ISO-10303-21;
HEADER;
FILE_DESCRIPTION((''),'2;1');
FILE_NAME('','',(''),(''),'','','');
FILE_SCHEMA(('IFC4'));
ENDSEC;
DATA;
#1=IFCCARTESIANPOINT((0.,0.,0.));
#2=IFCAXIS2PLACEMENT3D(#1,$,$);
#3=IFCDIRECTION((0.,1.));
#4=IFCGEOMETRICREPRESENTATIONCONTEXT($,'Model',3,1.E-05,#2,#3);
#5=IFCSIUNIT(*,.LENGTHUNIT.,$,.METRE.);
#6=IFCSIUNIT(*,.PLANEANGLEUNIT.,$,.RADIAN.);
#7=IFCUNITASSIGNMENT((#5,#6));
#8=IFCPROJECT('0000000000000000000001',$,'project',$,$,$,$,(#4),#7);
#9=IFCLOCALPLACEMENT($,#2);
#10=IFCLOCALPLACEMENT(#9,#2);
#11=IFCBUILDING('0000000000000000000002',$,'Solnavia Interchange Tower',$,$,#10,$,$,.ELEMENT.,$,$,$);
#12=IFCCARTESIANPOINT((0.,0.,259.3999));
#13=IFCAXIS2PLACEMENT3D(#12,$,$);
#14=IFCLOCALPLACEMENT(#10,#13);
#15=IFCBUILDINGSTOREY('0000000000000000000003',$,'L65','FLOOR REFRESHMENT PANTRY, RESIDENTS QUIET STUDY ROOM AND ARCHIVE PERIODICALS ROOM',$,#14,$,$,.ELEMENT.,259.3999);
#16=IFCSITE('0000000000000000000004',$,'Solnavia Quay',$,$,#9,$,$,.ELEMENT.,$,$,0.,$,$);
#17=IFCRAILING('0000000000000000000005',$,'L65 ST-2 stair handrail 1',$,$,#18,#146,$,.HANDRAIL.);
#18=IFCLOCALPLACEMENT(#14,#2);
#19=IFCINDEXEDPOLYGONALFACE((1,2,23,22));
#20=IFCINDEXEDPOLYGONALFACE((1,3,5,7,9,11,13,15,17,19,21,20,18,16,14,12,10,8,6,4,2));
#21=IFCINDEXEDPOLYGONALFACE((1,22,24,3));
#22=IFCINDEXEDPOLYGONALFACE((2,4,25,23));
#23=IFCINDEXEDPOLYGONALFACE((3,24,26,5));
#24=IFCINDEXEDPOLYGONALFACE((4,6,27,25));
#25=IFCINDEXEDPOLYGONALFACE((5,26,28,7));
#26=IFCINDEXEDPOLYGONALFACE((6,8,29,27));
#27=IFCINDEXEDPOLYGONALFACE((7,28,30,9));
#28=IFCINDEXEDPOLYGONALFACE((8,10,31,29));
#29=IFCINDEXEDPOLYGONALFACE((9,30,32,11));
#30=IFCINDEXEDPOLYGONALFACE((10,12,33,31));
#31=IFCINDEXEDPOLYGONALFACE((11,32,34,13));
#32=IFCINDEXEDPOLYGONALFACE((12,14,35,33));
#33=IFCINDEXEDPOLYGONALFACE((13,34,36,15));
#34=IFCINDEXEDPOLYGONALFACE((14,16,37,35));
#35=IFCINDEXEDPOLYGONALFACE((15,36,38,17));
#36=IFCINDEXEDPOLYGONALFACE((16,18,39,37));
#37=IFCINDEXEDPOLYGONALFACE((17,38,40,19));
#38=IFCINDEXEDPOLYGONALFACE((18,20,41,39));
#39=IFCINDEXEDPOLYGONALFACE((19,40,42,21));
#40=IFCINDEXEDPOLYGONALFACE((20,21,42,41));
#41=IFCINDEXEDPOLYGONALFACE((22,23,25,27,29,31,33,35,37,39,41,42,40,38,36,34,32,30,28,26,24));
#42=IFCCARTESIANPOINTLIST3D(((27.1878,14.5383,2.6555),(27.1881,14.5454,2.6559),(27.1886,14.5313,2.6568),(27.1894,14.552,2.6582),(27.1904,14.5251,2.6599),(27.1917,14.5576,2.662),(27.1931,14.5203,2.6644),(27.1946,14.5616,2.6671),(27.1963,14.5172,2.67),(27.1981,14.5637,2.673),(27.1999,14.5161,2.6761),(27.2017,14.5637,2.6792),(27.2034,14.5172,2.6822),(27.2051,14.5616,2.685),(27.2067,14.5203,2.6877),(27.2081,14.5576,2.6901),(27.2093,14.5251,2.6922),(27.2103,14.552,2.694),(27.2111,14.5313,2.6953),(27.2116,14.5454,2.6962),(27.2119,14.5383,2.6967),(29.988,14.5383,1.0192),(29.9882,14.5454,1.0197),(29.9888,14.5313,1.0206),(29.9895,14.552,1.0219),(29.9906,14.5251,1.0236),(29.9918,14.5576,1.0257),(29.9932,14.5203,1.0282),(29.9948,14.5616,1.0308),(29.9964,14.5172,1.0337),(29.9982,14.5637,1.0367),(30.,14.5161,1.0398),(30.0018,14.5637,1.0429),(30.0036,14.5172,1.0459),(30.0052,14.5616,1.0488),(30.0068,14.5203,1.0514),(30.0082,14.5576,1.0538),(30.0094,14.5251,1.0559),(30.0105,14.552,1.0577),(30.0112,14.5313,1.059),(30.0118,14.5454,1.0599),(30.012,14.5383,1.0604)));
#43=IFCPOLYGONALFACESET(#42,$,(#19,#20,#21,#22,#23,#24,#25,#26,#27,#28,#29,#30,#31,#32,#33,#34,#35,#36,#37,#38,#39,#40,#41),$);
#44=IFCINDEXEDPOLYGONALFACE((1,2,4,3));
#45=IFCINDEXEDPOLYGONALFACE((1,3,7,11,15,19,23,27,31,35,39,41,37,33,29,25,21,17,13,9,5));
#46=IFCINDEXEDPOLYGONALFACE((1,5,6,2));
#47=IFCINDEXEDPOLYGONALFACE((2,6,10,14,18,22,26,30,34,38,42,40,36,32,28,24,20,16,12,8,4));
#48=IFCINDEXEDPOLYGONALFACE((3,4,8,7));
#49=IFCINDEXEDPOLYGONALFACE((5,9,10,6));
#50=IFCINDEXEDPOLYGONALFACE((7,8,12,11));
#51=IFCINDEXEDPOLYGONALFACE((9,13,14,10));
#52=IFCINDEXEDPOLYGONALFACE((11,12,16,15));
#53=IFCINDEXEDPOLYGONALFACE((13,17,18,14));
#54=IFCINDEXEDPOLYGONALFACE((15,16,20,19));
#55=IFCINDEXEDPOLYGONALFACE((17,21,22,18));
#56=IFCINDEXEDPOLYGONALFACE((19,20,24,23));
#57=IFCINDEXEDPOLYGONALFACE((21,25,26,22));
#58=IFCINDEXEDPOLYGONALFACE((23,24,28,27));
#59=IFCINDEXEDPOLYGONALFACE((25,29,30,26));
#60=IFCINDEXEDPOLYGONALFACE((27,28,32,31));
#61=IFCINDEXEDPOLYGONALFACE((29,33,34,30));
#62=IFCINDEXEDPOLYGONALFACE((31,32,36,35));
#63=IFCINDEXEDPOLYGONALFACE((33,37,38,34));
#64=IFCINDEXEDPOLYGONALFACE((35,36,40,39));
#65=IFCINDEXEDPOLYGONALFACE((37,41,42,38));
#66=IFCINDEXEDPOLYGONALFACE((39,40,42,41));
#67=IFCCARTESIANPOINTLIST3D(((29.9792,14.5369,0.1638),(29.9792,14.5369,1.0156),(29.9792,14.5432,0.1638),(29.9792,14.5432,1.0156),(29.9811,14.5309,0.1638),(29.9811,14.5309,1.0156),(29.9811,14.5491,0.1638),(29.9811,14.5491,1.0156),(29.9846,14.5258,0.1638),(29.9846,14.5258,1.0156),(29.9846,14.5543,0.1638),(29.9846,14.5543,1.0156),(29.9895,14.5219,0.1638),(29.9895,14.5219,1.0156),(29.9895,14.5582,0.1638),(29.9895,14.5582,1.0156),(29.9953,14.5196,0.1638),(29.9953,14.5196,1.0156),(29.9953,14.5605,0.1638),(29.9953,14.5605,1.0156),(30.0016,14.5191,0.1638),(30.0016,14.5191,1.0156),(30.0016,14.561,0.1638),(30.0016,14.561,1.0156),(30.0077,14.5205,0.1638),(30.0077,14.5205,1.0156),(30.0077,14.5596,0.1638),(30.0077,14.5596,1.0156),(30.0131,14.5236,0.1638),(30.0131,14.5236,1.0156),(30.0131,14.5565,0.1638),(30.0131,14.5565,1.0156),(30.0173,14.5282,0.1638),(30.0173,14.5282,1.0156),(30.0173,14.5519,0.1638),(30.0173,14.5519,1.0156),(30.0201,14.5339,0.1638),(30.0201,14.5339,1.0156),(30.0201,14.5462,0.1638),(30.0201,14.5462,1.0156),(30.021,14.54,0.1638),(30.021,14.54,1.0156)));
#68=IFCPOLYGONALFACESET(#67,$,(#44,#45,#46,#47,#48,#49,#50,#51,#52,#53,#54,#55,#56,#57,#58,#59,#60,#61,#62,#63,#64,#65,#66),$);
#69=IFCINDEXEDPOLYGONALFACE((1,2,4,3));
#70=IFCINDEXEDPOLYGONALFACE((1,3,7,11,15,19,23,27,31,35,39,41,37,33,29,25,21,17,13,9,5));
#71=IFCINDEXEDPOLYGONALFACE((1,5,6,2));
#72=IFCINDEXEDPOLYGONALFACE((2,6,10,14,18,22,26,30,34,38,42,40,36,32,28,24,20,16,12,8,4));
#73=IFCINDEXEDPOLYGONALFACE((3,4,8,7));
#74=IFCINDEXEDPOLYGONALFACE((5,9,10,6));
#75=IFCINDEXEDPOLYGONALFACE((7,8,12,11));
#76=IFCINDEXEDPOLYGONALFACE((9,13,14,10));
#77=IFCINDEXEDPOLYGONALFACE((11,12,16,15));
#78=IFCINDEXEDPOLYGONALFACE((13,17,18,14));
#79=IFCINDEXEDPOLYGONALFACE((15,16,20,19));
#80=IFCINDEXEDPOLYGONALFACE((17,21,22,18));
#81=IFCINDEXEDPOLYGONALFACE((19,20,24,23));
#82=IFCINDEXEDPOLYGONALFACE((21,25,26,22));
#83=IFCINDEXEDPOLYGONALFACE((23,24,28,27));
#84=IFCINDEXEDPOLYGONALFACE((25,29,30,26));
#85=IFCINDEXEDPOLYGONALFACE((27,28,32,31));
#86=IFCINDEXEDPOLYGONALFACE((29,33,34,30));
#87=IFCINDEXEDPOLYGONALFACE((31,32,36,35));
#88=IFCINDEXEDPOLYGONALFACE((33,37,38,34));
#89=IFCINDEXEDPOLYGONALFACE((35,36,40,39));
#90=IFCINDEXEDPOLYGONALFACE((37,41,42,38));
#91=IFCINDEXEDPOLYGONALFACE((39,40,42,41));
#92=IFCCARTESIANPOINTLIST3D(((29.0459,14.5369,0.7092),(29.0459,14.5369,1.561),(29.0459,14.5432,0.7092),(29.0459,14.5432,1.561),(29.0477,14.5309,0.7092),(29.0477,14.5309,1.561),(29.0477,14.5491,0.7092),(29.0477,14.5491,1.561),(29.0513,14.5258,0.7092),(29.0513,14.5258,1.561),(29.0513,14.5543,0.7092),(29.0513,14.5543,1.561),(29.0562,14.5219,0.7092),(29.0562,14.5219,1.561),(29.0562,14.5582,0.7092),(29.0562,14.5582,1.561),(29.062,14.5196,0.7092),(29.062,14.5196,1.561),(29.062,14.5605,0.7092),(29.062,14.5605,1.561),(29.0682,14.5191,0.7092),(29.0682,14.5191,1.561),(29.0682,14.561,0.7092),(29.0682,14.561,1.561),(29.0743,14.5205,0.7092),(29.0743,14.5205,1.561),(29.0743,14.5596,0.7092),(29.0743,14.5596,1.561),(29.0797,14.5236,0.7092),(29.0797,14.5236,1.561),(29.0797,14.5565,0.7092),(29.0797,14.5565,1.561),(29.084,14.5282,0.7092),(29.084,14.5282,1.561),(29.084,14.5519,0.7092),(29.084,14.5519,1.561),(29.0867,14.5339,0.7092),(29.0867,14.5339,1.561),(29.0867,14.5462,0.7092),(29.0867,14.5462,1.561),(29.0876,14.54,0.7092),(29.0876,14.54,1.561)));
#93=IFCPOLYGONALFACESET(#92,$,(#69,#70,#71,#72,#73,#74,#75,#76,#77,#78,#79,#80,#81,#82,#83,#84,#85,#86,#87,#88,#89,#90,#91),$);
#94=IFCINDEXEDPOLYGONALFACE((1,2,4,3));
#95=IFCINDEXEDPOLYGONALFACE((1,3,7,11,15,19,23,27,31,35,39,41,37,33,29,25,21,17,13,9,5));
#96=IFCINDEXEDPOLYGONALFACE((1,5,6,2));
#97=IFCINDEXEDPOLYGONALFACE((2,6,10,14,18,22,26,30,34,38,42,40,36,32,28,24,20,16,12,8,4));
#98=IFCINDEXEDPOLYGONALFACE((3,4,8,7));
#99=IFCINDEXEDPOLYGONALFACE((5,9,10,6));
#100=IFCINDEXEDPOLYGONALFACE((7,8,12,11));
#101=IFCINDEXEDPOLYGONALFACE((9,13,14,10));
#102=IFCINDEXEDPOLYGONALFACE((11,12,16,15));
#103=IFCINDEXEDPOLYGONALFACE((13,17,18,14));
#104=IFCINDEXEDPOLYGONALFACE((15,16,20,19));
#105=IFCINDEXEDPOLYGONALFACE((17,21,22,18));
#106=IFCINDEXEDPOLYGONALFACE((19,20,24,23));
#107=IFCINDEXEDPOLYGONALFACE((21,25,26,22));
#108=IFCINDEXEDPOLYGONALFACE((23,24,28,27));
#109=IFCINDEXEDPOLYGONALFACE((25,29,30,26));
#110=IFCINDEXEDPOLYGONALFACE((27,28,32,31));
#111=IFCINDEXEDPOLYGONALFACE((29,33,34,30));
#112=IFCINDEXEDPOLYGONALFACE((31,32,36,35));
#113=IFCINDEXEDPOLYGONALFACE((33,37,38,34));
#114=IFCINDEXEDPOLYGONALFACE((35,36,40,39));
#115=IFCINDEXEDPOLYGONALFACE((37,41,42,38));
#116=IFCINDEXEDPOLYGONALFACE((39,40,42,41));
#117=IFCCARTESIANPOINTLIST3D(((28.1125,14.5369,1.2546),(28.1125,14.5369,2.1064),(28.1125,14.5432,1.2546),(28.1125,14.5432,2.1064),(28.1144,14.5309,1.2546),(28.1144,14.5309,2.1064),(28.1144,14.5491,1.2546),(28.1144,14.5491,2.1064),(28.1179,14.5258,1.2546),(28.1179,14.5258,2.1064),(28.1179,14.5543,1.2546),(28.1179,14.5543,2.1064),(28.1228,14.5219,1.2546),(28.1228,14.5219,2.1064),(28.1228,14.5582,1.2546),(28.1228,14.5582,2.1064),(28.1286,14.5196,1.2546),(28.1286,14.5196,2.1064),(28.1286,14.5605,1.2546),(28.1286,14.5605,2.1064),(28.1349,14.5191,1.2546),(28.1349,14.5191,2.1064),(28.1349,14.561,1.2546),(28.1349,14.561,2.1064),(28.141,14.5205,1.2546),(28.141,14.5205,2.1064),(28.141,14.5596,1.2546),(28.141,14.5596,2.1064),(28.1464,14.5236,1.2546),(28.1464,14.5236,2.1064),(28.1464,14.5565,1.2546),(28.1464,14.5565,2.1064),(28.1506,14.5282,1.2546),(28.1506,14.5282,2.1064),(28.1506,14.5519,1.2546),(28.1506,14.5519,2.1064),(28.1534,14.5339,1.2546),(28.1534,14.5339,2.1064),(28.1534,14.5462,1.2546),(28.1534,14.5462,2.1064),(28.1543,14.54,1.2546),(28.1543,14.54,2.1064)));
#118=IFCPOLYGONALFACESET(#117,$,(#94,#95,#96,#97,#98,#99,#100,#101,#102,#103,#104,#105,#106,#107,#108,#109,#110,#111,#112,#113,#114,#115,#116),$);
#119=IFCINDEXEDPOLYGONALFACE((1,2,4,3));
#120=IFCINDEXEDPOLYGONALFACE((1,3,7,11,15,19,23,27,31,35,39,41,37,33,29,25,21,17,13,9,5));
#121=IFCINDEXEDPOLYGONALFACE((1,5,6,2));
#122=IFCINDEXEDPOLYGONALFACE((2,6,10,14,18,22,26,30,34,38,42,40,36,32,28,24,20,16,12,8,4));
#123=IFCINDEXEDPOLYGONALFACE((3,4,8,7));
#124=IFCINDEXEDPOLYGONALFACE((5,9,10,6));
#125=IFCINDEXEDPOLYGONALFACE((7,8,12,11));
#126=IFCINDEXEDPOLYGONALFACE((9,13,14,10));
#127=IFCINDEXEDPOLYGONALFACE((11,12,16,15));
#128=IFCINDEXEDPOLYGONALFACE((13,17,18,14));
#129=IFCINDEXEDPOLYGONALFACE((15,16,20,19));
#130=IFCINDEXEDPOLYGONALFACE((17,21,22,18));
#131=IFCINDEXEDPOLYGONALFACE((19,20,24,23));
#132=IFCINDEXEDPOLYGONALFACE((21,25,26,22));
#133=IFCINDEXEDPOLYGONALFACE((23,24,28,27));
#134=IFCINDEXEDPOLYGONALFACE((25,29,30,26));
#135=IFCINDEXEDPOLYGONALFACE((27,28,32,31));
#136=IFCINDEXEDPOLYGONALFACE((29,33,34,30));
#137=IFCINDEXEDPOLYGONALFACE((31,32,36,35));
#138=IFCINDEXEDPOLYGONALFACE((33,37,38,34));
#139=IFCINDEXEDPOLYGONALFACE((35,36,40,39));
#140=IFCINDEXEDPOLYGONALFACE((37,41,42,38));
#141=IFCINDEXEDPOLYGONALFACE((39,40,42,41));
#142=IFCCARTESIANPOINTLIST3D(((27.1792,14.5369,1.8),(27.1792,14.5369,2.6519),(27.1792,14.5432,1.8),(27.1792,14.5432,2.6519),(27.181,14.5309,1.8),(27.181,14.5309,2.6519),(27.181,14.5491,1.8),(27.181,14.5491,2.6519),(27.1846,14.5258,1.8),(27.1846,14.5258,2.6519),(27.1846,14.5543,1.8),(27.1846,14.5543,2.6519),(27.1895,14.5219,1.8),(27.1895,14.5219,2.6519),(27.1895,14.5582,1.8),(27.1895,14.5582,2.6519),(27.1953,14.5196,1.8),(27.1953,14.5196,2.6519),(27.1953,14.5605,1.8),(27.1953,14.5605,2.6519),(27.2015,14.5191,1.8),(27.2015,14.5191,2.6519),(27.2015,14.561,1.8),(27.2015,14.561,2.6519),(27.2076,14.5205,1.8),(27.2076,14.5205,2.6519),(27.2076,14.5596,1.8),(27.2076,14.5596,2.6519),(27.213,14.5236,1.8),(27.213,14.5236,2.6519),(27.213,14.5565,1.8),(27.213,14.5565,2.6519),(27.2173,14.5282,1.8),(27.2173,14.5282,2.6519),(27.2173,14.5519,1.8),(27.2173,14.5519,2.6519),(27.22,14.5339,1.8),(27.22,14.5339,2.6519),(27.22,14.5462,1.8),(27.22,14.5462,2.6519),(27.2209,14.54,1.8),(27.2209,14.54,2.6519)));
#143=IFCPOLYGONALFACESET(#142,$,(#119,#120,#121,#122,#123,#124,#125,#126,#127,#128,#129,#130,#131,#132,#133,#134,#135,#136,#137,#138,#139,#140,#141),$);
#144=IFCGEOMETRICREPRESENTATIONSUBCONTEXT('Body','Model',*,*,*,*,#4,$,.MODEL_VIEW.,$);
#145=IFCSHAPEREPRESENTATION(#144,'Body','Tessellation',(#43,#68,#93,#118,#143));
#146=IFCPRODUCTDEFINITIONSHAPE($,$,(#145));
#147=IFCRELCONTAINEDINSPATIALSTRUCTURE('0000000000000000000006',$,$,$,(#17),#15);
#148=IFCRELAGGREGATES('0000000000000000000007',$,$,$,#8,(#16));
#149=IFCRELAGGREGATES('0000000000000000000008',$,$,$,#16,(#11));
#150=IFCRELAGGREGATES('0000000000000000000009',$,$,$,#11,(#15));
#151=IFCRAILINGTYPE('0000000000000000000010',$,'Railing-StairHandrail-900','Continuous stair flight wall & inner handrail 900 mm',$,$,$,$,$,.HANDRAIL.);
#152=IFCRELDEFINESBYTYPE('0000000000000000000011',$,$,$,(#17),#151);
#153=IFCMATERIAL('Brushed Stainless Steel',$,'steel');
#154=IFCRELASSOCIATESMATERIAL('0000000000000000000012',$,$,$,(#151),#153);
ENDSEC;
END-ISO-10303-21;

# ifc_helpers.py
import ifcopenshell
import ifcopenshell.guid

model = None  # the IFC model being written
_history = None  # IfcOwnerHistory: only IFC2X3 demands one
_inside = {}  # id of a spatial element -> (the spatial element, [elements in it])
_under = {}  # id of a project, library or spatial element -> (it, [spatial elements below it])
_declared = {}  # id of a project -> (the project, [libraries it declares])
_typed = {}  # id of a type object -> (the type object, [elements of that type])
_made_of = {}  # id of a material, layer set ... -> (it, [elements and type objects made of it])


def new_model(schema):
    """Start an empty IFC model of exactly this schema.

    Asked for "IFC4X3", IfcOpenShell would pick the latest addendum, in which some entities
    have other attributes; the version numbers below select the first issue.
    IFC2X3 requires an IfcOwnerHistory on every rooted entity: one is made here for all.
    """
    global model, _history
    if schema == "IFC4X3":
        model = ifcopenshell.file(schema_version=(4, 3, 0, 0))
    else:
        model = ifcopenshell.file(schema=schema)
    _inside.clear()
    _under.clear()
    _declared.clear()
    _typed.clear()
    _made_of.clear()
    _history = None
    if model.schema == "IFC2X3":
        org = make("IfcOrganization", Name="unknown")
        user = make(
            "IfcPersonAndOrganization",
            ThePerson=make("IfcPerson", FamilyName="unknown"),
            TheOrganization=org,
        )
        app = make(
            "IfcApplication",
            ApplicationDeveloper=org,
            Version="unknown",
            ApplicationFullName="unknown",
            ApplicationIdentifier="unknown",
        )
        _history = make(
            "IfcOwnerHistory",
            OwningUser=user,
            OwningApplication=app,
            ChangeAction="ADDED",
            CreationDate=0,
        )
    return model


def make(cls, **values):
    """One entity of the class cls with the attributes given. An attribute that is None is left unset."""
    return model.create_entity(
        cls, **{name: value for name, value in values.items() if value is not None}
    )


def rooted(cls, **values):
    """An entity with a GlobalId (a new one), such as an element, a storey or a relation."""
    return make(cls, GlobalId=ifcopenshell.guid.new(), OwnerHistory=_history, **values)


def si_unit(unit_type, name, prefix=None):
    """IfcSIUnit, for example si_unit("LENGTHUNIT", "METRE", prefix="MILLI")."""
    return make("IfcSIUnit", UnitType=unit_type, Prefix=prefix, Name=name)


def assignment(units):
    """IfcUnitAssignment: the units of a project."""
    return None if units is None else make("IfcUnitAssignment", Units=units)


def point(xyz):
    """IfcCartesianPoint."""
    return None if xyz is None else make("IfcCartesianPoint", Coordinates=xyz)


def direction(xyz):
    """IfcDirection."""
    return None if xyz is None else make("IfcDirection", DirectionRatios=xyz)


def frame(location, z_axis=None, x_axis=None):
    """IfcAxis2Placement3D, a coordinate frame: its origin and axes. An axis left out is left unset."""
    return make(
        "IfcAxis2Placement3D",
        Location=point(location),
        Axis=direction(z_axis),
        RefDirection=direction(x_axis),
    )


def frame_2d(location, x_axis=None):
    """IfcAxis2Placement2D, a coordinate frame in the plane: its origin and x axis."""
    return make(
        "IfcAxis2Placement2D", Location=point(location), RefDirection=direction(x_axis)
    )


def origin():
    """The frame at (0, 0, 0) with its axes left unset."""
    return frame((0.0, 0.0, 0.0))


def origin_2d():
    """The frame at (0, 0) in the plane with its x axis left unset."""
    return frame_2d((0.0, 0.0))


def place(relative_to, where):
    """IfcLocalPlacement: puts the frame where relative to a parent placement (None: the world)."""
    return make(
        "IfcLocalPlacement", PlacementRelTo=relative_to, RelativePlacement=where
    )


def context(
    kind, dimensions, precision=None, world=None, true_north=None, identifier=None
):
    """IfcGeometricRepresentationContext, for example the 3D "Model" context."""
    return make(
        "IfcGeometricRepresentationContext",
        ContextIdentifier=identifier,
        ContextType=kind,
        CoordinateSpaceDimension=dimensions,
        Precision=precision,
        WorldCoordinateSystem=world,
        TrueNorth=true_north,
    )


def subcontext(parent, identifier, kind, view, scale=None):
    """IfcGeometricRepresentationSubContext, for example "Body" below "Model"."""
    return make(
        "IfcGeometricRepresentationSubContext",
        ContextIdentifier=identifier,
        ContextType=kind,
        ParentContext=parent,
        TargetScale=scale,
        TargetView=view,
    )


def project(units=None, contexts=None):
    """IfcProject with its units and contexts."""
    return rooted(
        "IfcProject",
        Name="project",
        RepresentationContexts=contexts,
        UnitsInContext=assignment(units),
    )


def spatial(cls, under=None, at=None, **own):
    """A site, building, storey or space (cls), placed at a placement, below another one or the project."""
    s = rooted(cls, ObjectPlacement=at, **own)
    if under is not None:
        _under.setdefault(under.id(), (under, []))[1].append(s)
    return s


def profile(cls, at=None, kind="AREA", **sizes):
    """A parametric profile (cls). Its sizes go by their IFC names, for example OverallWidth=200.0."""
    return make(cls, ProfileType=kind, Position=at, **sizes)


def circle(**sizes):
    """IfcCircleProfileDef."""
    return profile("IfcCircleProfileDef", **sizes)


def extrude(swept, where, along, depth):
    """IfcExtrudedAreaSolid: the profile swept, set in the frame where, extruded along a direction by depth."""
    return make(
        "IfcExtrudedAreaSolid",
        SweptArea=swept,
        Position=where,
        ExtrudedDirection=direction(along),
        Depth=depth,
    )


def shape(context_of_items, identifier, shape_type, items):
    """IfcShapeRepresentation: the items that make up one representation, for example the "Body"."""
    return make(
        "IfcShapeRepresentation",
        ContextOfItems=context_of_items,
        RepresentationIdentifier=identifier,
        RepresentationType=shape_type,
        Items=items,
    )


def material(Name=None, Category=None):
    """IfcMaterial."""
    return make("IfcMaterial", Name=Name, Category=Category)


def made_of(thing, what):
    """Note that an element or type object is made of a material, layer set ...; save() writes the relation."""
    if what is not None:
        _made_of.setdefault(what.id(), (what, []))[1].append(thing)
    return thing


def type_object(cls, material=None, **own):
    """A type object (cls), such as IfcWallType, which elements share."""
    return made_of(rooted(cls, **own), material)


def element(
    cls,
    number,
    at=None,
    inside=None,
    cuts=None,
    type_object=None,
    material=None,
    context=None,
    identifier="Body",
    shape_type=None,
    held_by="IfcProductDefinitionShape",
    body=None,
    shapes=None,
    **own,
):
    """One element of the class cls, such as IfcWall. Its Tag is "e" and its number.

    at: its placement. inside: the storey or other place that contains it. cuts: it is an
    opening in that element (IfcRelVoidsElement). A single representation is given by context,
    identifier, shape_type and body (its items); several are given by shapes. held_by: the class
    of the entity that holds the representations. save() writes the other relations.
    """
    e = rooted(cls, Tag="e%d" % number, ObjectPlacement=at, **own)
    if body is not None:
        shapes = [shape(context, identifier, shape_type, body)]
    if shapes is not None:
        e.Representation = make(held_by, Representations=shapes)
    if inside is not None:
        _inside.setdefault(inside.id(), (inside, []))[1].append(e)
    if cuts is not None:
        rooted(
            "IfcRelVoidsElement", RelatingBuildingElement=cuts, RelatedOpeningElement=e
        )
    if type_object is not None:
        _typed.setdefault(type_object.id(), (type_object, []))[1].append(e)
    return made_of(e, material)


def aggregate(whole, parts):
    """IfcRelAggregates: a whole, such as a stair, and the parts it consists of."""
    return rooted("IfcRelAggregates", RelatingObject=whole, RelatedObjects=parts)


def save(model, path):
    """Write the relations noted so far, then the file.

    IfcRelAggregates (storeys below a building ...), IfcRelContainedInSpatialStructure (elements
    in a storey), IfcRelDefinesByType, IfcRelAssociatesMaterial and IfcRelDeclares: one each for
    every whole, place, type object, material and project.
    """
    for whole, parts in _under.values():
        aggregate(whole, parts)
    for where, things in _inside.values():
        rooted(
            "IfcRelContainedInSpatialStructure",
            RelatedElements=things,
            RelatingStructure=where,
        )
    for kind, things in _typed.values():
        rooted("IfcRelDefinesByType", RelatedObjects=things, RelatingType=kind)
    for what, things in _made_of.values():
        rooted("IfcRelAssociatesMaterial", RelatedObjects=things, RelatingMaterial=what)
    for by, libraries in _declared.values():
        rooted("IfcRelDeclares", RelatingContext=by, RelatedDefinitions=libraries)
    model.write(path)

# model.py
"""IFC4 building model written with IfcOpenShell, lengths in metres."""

from ifc_helpers import new_model, si_unit, direction, frame, origin, origin_2d, place, context, subcontext, project, spatial, circle, extrude, material, type_object, element, save


model = new_model("IFC4")

# Units and contexts
model_context = context("Model", 3, precision=1e-05, world=origin(), true_north=direction((0.0, 1.0)))
body_context = subcontext(model_context, "Body", "Model", "MODEL_VIEW")
ifc_project = project(units=[si_unit("LENGTHUNIT", "METRE"), si_unit("PLANEANGLEUNIT", "RADIAN")], contexts=[model_context])

# Site, building, storey
site_placement = place(None, origin())
site = spatial("IfcSite", under=ifc_project, at=site_placement, Name="Solnavia Quay", CompositionType="ELEMENT", RefElevation=0.0)
building_placement = place(site_placement, origin())
building = spatial("IfcBuilding", under=site, at=building_placement, Name="Solnavia Interchange Tower", CompositionType="ELEMENT")
storey_placement = place(building_placement, frame((0.0, 0.0, 259.3999)))
storey = spatial("IfcBuildingStorey", under=building, at=storey_placement, Name="L65", Description="FLOOR REFRESHMENT PANTRY, RESIDENTS QUIET STUDY ROOM AND ARCHIVE PERIODICALS ROOM", CompositionType="ELEMENT", Elevation=259.3999)

# Railing
ifc_material_1 = material(Name="Brushed Stainless Steel", Category="steel")
railing_type_1 = type_object("IfcRailingType", Name="Railing-StairHandrail-900", Description="Continuous stair flight wall & inner handrail 900 mm", PredefinedType="HANDRAIL", material=ifc_material_1)
railing_1_placement = place(storey_placement, frame((30.0, 14.54, 0.1638)))
element("IfcRailing", 1, at=railing_1_placement, inside=storey, type_object=railing_type_1, Name="L65 ST-2 stair handrail 1", PredefinedType="HANDRAIL", context=body_context, shape_type="SweptSolid", body=[
    extrude(circle(Radius=0.0239, at=origin_2d()), frame((0.0, 0.0, 0.876), z_axis=(-0.863394, 0.0, 0.504531), x_axis=(0.0, -1.0, 0.0)), (0.0, 0.0, 1.0), 3.2432),
    extrude(circle(Radius=0.021, at=origin_2d()), origin(), (0.0, 0.0, 1.0), 0.8518),
    extrude(circle(Radius=0.021, at=origin_2d()), frame((-0.9333, 0.0, 0.5454)), (0.0, 0.0, 1.0), 0.8518),
    extrude(circle(Radius=0.021, at=origin_2d()), frame((-1.8667, 0.0, 1.0908)), (0.0, 0.0, 1.0), 0.8518),
    extrude(circle(Radius=0.021, at=origin_2d()), frame((-2.8, 0.0, 1.6362)), (0.0, 0.0, 1.0), 0.8518),
])

save(model, "model.ifc")
